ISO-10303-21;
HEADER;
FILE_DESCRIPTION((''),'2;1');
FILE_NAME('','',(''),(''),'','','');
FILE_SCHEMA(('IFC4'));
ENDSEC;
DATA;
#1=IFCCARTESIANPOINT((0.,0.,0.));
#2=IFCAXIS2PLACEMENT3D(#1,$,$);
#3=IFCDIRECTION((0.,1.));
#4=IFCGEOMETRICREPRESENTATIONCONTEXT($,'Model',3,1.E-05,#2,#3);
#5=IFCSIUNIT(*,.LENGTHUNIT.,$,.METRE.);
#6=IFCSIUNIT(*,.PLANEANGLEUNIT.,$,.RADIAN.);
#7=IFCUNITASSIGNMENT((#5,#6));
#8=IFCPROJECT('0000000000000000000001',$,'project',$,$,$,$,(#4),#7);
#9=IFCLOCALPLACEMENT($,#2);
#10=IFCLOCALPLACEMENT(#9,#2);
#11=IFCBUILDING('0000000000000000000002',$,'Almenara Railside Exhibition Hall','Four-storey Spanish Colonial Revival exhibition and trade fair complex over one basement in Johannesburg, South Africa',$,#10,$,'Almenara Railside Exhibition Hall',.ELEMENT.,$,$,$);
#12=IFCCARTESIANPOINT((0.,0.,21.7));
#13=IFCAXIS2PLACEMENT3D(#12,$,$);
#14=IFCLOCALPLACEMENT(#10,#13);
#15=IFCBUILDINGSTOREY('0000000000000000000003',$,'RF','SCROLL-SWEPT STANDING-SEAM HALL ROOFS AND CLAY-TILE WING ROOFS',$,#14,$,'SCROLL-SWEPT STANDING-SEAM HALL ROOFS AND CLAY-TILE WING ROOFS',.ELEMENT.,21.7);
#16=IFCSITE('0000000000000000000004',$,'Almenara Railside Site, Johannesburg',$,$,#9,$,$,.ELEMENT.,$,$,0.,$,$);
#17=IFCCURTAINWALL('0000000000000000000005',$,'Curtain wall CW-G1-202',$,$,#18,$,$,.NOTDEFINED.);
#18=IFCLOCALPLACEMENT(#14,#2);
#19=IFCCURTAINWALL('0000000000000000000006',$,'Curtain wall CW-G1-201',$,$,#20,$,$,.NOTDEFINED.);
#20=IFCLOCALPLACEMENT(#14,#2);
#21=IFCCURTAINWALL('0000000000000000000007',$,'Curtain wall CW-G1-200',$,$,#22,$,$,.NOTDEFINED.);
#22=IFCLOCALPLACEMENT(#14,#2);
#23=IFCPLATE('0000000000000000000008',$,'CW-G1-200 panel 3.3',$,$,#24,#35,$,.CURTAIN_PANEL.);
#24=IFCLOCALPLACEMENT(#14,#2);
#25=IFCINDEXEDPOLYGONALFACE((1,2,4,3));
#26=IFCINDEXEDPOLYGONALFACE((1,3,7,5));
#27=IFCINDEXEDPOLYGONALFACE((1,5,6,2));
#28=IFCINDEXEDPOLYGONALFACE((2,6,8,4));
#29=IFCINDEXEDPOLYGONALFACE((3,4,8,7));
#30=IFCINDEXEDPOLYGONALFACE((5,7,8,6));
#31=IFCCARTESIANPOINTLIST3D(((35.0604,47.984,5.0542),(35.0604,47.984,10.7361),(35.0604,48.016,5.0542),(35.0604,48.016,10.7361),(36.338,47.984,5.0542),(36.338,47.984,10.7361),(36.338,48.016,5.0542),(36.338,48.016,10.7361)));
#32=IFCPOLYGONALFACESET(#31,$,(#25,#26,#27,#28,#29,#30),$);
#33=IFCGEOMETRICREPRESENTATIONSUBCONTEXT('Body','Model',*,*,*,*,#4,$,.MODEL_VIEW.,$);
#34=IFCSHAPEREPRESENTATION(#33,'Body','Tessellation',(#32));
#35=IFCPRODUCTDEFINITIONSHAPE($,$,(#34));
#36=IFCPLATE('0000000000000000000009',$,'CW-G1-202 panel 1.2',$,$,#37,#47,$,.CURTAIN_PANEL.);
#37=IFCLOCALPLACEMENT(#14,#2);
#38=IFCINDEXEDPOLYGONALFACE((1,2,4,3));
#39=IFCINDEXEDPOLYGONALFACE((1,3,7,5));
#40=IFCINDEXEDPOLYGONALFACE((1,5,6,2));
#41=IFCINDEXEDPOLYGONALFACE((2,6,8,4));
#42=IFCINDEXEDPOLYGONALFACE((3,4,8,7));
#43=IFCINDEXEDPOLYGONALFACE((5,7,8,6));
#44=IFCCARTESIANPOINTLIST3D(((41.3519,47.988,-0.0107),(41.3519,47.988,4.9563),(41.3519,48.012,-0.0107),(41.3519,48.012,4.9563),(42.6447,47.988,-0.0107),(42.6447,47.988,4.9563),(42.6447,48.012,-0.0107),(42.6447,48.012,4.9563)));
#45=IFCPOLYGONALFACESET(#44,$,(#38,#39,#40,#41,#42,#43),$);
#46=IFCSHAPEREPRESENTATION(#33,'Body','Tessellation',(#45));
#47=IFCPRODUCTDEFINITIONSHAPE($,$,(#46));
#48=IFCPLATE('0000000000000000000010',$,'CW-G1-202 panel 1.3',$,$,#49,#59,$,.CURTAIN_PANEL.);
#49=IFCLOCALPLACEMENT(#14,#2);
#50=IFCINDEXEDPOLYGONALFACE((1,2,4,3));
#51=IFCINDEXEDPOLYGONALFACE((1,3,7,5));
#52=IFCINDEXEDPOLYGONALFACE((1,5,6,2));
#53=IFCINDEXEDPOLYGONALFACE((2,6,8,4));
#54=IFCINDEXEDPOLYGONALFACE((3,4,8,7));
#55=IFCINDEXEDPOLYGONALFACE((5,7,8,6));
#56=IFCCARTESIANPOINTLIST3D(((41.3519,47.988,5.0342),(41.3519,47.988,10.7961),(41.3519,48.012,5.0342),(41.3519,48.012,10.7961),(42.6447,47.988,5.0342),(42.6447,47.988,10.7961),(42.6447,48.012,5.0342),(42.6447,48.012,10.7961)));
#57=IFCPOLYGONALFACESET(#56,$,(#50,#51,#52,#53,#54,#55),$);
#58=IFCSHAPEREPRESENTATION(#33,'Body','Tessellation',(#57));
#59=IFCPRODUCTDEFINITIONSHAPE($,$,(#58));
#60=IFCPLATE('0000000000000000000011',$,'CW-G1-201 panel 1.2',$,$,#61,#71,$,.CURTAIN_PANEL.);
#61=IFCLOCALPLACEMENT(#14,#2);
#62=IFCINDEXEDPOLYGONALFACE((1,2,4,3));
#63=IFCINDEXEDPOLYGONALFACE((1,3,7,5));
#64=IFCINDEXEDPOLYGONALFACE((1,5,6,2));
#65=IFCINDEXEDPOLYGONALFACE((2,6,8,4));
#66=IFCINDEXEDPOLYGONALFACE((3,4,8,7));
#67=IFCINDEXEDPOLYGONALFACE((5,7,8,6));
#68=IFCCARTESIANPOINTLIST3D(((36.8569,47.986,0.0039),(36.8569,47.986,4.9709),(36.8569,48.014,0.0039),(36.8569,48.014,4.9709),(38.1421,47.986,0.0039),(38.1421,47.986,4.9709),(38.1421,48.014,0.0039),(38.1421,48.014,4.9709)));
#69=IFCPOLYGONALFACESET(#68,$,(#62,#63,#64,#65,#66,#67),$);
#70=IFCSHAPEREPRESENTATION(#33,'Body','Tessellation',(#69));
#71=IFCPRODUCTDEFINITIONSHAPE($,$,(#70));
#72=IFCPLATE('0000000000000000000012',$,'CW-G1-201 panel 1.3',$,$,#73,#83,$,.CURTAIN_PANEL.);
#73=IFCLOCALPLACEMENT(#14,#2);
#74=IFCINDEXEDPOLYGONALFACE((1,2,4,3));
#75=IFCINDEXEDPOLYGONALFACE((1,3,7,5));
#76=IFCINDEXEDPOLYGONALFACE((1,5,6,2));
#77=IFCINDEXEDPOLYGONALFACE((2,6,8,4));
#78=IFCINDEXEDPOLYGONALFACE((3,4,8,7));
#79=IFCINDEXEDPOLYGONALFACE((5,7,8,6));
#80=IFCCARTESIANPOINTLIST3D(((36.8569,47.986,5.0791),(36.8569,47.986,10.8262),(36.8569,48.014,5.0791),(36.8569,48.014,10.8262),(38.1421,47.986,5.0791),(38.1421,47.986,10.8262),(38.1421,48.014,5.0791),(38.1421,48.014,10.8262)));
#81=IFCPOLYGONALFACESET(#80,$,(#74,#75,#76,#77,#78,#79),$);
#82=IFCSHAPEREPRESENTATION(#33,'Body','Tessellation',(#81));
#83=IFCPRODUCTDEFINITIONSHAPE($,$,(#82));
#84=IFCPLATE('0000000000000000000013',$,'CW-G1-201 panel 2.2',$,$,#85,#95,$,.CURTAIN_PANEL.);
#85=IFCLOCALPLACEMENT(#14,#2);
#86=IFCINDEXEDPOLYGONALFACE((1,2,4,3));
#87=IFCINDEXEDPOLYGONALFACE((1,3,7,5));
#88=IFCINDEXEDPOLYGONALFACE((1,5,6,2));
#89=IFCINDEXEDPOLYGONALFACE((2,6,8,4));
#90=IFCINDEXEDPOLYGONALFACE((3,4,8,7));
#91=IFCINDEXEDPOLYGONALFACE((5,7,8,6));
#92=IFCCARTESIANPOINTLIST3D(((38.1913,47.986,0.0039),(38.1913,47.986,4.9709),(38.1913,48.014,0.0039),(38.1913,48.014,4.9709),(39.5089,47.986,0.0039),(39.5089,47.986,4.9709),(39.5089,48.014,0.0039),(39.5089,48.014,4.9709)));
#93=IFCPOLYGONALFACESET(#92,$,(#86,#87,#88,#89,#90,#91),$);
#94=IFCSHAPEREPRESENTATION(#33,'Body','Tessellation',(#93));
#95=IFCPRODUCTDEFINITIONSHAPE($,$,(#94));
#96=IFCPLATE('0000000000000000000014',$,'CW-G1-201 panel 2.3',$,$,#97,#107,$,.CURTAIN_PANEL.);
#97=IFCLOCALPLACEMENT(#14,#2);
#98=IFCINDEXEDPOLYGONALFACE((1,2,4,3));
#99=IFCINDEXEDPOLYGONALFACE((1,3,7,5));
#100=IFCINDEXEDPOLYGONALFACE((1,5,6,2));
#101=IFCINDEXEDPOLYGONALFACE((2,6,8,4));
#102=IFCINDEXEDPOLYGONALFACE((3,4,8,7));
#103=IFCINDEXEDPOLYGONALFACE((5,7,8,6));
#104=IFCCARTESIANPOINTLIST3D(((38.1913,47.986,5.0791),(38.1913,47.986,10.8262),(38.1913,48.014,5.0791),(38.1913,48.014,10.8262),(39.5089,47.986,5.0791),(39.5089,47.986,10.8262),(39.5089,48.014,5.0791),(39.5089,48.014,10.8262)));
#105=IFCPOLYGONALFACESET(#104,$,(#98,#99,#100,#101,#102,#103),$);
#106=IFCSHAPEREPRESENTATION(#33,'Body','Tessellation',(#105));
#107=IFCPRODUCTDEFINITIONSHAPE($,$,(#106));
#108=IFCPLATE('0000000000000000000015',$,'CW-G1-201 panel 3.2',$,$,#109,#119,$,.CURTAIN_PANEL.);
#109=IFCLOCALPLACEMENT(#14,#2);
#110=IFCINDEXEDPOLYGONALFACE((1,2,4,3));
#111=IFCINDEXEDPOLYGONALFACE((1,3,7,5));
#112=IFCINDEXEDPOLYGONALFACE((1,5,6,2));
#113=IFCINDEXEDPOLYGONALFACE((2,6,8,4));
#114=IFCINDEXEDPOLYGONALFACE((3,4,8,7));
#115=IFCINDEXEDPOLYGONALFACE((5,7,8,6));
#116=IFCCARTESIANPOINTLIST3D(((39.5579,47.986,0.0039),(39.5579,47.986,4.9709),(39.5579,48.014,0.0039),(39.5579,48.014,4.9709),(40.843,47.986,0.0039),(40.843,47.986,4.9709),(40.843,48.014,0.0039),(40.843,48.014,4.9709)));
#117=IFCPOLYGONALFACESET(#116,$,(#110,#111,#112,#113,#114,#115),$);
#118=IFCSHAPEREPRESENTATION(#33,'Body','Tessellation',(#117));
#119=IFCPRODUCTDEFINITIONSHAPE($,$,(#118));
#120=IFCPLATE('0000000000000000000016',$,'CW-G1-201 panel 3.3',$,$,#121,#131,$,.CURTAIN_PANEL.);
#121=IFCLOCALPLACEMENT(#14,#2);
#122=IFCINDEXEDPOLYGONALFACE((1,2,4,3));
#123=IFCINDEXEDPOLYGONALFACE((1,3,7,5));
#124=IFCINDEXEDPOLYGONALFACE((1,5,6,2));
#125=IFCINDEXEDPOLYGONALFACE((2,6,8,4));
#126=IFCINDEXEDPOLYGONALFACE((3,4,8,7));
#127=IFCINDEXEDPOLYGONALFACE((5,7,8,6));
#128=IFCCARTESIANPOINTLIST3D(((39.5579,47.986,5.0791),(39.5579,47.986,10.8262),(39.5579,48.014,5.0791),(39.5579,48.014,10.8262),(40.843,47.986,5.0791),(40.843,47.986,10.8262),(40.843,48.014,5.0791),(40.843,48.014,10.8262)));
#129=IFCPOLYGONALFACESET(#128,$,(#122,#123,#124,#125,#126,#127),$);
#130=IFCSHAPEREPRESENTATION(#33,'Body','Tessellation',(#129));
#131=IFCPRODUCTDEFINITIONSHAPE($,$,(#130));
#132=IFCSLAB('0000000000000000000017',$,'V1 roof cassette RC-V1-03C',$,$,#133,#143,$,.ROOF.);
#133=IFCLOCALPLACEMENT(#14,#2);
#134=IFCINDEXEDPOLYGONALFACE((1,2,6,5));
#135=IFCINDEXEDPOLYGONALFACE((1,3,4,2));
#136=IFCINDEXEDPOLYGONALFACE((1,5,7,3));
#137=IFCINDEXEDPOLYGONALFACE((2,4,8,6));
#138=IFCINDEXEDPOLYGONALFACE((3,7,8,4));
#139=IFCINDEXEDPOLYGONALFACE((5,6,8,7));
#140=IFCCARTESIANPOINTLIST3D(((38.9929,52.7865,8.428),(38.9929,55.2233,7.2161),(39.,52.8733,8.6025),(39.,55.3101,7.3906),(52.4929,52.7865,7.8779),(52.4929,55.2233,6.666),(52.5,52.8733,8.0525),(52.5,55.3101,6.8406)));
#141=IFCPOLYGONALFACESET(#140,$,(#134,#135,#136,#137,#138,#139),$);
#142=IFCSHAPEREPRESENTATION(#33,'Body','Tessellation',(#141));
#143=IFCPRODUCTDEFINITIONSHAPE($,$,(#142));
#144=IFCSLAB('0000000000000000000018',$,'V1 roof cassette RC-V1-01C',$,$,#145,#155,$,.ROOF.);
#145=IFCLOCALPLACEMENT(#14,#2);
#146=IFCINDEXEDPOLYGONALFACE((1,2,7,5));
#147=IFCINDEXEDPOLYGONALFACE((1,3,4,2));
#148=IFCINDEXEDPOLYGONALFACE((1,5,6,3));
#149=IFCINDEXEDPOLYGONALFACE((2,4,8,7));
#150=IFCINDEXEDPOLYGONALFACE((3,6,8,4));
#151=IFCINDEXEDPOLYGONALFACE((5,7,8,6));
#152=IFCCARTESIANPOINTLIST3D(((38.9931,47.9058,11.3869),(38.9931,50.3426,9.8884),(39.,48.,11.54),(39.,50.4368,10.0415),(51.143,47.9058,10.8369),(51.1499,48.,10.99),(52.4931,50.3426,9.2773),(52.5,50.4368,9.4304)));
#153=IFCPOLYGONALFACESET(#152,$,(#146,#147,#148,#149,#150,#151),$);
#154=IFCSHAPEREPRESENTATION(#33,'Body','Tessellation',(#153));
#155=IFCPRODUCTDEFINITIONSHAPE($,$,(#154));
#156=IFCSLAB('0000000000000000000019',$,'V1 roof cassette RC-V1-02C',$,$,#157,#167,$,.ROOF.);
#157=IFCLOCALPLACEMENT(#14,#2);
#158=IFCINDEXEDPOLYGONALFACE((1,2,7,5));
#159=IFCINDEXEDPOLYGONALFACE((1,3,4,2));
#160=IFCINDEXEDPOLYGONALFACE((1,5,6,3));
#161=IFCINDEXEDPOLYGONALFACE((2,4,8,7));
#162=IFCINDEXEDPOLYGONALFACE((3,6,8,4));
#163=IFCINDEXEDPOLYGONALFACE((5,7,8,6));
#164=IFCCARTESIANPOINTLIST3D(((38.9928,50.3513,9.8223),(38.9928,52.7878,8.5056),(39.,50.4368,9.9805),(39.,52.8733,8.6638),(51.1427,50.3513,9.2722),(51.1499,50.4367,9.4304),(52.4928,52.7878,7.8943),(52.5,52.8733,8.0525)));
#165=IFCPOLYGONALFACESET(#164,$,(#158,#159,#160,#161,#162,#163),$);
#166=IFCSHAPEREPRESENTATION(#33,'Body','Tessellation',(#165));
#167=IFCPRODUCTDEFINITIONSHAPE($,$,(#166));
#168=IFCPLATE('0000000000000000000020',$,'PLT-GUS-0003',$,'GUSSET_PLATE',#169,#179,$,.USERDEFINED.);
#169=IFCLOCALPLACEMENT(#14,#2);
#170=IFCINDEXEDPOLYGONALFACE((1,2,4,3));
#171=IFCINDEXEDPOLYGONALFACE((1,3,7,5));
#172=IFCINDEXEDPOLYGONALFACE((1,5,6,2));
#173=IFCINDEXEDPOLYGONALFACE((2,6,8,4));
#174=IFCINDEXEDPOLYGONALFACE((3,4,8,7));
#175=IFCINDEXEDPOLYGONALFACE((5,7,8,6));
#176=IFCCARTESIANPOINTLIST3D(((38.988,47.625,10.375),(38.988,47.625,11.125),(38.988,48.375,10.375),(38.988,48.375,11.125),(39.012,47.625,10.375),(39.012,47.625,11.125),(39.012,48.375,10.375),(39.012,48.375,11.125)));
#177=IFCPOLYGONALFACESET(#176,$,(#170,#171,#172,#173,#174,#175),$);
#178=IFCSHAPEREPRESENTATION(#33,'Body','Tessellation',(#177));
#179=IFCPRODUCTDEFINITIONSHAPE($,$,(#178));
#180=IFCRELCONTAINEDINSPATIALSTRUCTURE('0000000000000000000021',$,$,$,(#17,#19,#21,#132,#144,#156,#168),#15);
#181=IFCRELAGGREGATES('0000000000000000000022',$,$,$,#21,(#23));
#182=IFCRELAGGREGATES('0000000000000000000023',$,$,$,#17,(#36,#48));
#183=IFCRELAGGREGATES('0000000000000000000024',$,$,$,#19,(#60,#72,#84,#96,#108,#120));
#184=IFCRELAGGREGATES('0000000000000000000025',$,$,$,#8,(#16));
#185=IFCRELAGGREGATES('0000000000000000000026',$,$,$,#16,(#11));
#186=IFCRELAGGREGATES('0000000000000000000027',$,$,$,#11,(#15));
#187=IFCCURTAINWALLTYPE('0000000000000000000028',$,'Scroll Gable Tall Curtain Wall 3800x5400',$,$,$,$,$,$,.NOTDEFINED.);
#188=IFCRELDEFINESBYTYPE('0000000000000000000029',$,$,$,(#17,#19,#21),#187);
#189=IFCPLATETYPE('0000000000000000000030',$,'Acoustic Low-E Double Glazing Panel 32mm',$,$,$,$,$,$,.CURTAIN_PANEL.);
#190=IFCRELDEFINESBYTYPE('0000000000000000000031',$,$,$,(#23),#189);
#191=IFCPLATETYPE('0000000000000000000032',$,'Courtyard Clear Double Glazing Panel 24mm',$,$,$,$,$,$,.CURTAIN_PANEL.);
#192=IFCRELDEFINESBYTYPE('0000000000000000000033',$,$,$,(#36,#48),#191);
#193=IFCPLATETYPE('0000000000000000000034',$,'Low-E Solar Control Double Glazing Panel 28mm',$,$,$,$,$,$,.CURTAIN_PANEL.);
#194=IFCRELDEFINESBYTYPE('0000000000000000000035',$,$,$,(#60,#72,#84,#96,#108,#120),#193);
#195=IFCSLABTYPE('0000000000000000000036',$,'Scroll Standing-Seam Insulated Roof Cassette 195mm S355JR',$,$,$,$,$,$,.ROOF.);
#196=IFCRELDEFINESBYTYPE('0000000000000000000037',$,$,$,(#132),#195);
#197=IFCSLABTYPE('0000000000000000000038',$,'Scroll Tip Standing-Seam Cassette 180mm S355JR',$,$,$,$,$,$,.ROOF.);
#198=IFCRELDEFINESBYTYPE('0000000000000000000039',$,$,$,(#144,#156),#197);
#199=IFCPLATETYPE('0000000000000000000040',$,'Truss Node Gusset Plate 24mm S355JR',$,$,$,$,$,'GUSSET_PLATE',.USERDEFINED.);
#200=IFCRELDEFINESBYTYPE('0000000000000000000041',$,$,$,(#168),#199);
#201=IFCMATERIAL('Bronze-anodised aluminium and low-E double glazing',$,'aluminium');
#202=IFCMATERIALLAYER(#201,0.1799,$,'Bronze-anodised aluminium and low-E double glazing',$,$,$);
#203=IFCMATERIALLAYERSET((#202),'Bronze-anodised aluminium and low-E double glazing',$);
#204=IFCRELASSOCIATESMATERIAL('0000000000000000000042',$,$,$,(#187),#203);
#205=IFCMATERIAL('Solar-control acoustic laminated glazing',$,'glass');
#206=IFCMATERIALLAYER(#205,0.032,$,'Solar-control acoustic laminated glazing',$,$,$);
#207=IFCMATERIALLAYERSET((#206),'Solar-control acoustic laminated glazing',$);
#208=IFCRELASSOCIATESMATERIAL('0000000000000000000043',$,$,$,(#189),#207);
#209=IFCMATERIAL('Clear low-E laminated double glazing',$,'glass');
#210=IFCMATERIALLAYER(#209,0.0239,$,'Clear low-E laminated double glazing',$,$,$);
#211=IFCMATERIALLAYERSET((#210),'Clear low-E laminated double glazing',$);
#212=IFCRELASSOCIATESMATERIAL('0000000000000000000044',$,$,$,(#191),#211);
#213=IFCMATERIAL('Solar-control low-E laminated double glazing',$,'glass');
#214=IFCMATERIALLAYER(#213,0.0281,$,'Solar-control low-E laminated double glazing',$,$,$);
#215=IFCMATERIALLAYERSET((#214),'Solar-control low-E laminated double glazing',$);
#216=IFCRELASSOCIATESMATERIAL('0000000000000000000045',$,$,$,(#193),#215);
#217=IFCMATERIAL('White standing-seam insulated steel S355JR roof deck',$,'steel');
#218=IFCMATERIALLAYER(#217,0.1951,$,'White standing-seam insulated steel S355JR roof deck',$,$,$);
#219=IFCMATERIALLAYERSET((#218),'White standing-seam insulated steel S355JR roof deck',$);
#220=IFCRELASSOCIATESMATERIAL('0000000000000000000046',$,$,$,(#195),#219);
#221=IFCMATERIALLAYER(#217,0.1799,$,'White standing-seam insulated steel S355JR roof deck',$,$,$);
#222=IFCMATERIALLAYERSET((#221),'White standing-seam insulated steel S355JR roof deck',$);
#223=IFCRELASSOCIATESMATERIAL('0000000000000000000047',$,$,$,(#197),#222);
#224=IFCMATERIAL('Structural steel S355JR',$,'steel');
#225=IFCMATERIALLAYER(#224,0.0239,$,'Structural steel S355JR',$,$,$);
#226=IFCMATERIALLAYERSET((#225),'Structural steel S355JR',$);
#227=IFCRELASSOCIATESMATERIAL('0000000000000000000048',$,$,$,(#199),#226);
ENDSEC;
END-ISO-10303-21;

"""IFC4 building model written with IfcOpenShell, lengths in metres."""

from ifc_helpers import new_model, si_unit, direction, frame, origin, origin_2d, place, context, subcontext, project, spatial, polyline, rectangle, outline, extrude, material, layer, layer_set, type_object, element, aggregate, save


model = new_model("IFC4")

# Units and contexts
model_context = context("Model", 3, precision=1e-05, world=origin(), true_north=direction((0.0, 1.0)))
body_context = subcontext(model_context, "Body", "Model", "MODEL_VIEW")
ifc_project = project(units=[si_unit("LENGTHUNIT", "METRE"), si_unit("PLANEANGLEUNIT", "RADIAN")], contexts=[model_context])

# Site, building, storey
site_placement = place(None, origin())
site = spatial("IfcSite", under=ifc_project, at=site_placement, Name="Almenara Railside Site, Johannesburg", CompositionType="ELEMENT", RefElevation=0.0)
building_placement = place(site_placement, origin())
building = spatial("IfcBuilding", under=site, at=building_placement, Name="Almenara Railside Exhibition Hall", Description="Four-storey Spanish Colonial Revival exhibition and trade fair complex over one basement in Johannesburg, South Africa", LongName="Almenara Railside Exhibition Hall", CompositionType="ELEMENT")
storey_placement = place(building_placement, frame((0.0, 0.0, 21.7)))
storey = spatial("IfcBuildingStorey", under=building, at=storey_placement, Name="RF", Description="SCROLL-SWEPT STANDING-SEAM HALL ROOFS AND CLAY-TILE WING ROOFS", LongName="SCROLL-SWEPT STANDING-SEAM HALL ROOFS AND CLAY-TILE WING ROOFS", CompositionType="ELEMENT", Elevation=21.7)

# Shared definitions
ifc_material_1 = material(Name="Structural steel S355JR", Category="steel")

# Curtain walls
ifc_material_2 = material(Name="Bronze-anodised aluminium and low-E double glazing", Category="aluminium")
ifc_layer_1 = layer(ifc_material_2, 0.1799, Name="Bronze-anodised aluminium and low-E double glazing")
ifc_layer_set_1 = layer_set([ifc_layer_1], Name="Bronze-anodised aluminium and low-E double glazing")
curtain_wall_type = type_object("IfcCurtainWallType", Name="Scroll Gable Tall Curtain Wall 3800x5400", PredefinedType="NOTDEFINED", material=ifc_layer_set_1)
curtain_wall_1_placement = place(storey_placement, origin())
curtain_wall_1 = element("IfcCurtainWall", 1, at=curtain_wall_1_placement, inside=storey, type_object=curtain_wall_type, Name="Curtain wall CW-G1-202", PredefinedType="NOTDEFINED")
curtain_wall_2_placement = place(storey_placement, origin())
curtain_wall_2 = element("IfcCurtainWall", 2, at=curtain_wall_2_placement, inside=storey, type_object=curtain_wall_type, Name="Curtain wall CW-G1-201", PredefinedType="NOTDEFINED")

# Curtain wall
curtain_wall_3_placement = place(storey_placement, origin())
curtain_wall_3 = element("IfcCurtainWall", 3, at=curtain_wall_3_placement, inside=storey, type_object=curtain_wall_type, Name="Curtain wall CW-G1-200", PredefinedType="NOTDEFINED")

# Plates
ifc_material_3 = material(Name="Solar-control acoustic laminated glazing", Category="glass")
ifc_layer_2 = layer(ifc_material_3, 0.032, Name="Solar-control acoustic laminated glazing")
ifc_layer_set_2 = layer_set([ifc_layer_2], Name="Solar-control acoustic laminated glazing")
plate_type_1 = type_object("IfcPlateType", Name="Acoustic Low-E Double Glazing Panel 32mm", PredefinedType="CURTAIN_PANEL", material=ifc_layer_set_2)
plate_1_placement = place(storey_placement, frame((35.6992, 48.0, 5.0542), z_axis=(0.0, 0.0, 1.0), x_axis=(1.0, 0.0, 0.0)))
plate_1 = element("IfcPlate", 4, at=plate_1_placement, type_object=plate_type_1, Name="CW-G1-200 panel 3.3", PredefinedType="CURTAIN_PANEL", context=body_context, shape_type="SweptSolid", body=[
    extrude(rectangle(XDim=1.2776, YDim=0.032, at=origin_2d()), origin(), (0.0, 0.0, 1.0), 5.6819),
])
aggregate(curtain_wall_3, [plate_1])
ifc_material_4 = material(Name="Clear low-E laminated double glazing", Category="glass")
ifc_layer_3 = layer(ifc_material_4, 0.0239, Name="Clear low-E laminated double glazing")
ifc_layer_set_3 = layer_set([ifc_layer_3], Name="Clear low-E laminated double glazing")
plate_type_2 = type_object("IfcPlateType", Name="Courtyard Clear Double Glazing Panel 24mm", PredefinedType="CURTAIN_PANEL", material=ifc_layer_set_3)
plate_2_placement = place(storey_placement, frame((41.9983, 48.0, -0.0107), z_axis=(0.0, 0.0, 1.0), x_axis=(1.0, 0.0, 0.0)))
plate_2 = element("IfcPlate", 5, at=plate_2_placement, type_object=plate_type_2, Name="CW-G1-202 panel 1.2", PredefinedType="CURTAIN_PANEL", context=body_context, shape_type="SweptSolid", body=[
    extrude(rectangle(XDim=1.2927, YDim=0.0239, at=origin_2d()), origin(), (0.0, 0.0, 1.0), 4.967),
])
plate_3_placement = place(storey_placement, frame((41.9983, 48.0, 5.0342), z_axis=(0.0, 0.0, 1.0), x_axis=(1.0, 0.0, 0.0)))
plate_3 = element("IfcPlate", 6, at=plate_3_placement, type_object=plate_type_2, Name="CW-G1-202 panel 1.3", PredefinedType="CURTAIN_PANEL", context=body_context, shape_type="SweptSolid", body=[
    extrude(rectangle(XDim=1.2927, YDim=0.0239, at=origin_2d()), origin(), (0.0, 0.0, 1.0), 5.762),
])
aggregate(curtain_wall_1, [plate_2, plate_3])
ifc_material_5 = material(Name="Solar-control low-E laminated double glazing", Category="glass")
ifc_layer_4 = layer(ifc_material_5, 0.0281, Name="Solar-control low-E laminated double glazing")
ifc_layer_set_4 = layer_set([ifc_layer_4], Name="Solar-control low-E laminated double glazing")
plate_type_3 = type_object("IfcPlateType", Name="Low-E Solar Control Double Glazing Panel 28mm", PredefinedType="CURTAIN_PANEL", material=ifc_layer_set_4)
plate_4_placement = place(storey_placement, frame((37.4995, 48.0, 0.0039), z_axis=(0.0, 0.0, 1.0), x_axis=(1.0, 0.0, 0.0)))
plate_4 = element("IfcPlate", 7, at=plate_4_placement, type_object=plate_type_3, Name="CW-G1-201 panel 1.2", PredefinedType="CURTAIN_PANEL", context=body_context, shape_type="SweptSolid", body=[
    extrude(rectangle(XDim=1.2852, YDim=0.0281, at=origin_2d()), origin(), (0.0, 0.0, 1.0), 4.967),
])
plate_5_placement = place(storey_placement, frame((37.4995, 48.0, 5.0791), z_axis=(0.0, 0.0, 1.0), x_axis=(1.0, 0.0, 0.0)))
plate_5 = element("IfcPlate", 8, at=plate_5_placement, type_object=plate_type_3, Name="CW-G1-201 panel 1.3", PredefinedType="CURTAIN_PANEL", context=body_context, shape_type="SweptSolid", body=[
    extrude(rectangle(XDim=1.2852, YDim=0.0281, at=origin_2d()), origin(), (0.0, 0.0, 1.0), 5.7471),
])
plate_6_placement = place(storey_placement, frame((38.8501, 48.0, 0.0039), z_axis=(0.0, 0.0, 1.0), x_axis=(1.0, 0.0, 0.0)))
plate_6 = element("IfcPlate", 9, at=plate_6_placement, type_object=plate_type_3, Name="CW-G1-201 panel 2.2", PredefinedType="CURTAIN_PANEL", context=body_context, shape_type="SweptSolid", body=[
    extrude(rectangle(XDim=1.3176, YDim=0.0281, at=origin_2d()), origin(), (0.0, 0.0, 1.0), 4.967),
])
plate_7_placement = place(storey_placement, frame((38.8501, 48.0, 5.0791), z_axis=(0.0, 0.0, 1.0), x_axis=(1.0, 0.0, 0.0)))
plate_7 = element("IfcPlate", 10, at=plate_7_placement, type_object=plate_type_3, Name="CW-G1-201 panel 2.3", PredefinedType="CURTAIN_PANEL", context=body_context, shape_type="SweptSolid", body=[
    extrude(rectangle(XDim=1.3176, YDim=0.0281, at=origin_2d()), origin(), (0.0, 0.0, 1.0), 5.7471),
])
plate_8_placement = place(storey_placement, frame((40.2004, 48.0, 0.0039), z_axis=(0.0, 0.0, 1.0), x_axis=(1.0, 0.0, 0.0)))
plate_8 = element("IfcPlate", 11, at=plate_8_placement, type_object=plate_type_3, Name="CW-G1-201 panel 3.2", PredefinedType="CURTAIN_PANEL", context=body_context, shape_type="SweptSolid", body=[
    extrude(rectangle(XDim=1.2852, YDim=0.0281, at=origin_2d()), origin(), (0.0, 0.0, 1.0), 4.967),
])
plate_9_placement = place(storey_placement, frame((40.2004, 48.0, 5.0791), z_axis=(0.0, 0.0, 1.0), x_axis=(1.0, 0.0, 0.0)))
plate_9 = element("IfcPlate", 12, at=plate_9_placement, type_object=plate_type_3, Name="CW-G1-201 panel 3.3", PredefinedType="CURTAIN_PANEL", context=body_context, shape_type="SweptSolid", body=[
    extrude(rectangle(XDim=1.2852, YDim=0.0281, at=origin_2d()), origin(), (0.0, 0.0, 1.0), 5.7471),
])
aggregate(curtain_wall_2, [plate_4, plate_5, plate_6, plate_7, plate_8, plate_9])

# Slabs
ifc_material_6 = material(Name="White standing-seam insulated steel S355JR roof deck", Category="steel")
ifc_layer_5 = layer(ifc_material_6, 0.1951, Name="White standing-seam insulated steel S355JR roof deck")
ifc_layer_set_5 = layer_set([ifc_layer_5], Name="White standing-seam insulated steel S355JR roof deck")
slab_type_1 = type_object("IfcSlabType", Name="Scroll Standing-Seam Insulated Roof Cassette 195mm S355JR", PredefinedType="ROOF", material=ifc_layer_set_5)
slab_1_placement = place(storey_placement, frame((39.0, 52.8733, 8.6025), z_axis=(0.036457, 0.445015, 0.894781), x_axis=(0.999171, 0.0, -0.040711)))
element("IfcSlab", 13, at=slab_1_placement, inside=storey, type_object=slab_type_1, Name="V1 roof cassette RC-V1-03C", PredefinedType="ROOF", context=body_context, shape_type="SweptSolid", body=[
    extrude(outline(polyline([(0.0, 0.0), (13.5112, 0.0), (13.5605, 2.7211), (0.0493, 2.7211), (0.0, 0.0)])), origin(), (0.0, 0.0, -1.0), 0.1951),
])
ifc_layer_6 = layer(ifc_material_6, 0.1799, Name="White standing-seam insulated steel S355JR roof deck")
ifc_layer_set_6 = layer_set([ifc_layer_6], Name="White standing-seam insulated steel S355JR roof deck")
slab_type_2 = type_object("IfcSlabType", Name="Scroll Tip Standing-Seam Cassette 180mm S355JR", PredefinedType="ROOF", material=ifc_layer_set_6)
slab_2_placement = place(storey_placement, frame((39.0, 48.0, 11.54), z_axis=(0.038532, 0.523441, 0.85119), x_axis=(0.998977, 0.000001, -0.045223)))
element("IfcSlab", 14, at=slab_2_placement, inside=storey, type_object=slab_type_2, Name="V1 roof cassette RC-V1-01C", PredefinedType="ROOF", context=body_context, shape_type="SweptSolid", body=[
    extrude(outline(polyline([(0.0, 0.0), (12.1623, 0.0), (13.5816, 2.8598), (0.0678, 2.8599), (0.0, 0.0)])), origin(), (0.0, 0.0, -1.0), 0.1799),
])
slab_3_placement = place(storey_placement, frame((39.0, 50.4368, 9.9805), z_axis=(0.039802, 0.475052, 0.879057), x_axis=(0.998977, -0.000003, -0.04523)))
element("IfcSlab", 15, at=slab_3_placement, inside=storey, type_object=slab_type_2, Name="V1 roof cassette RC-V1-02C", PredefinedType="ROOF", context=body_context, shape_type="SweptSolid", body=[
    extrude(outline(polyline([(0.0, 0.0), (12.1623, 0.0), (13.5734, 2.7689), (0.0595, 2.7689), (0.0, 0.0)])), origin(), (0.0, 0.0, -1.0), 0.1799),
])

# Plate
ifc_layer_7 = layer(ifc_material_1, 0.0239, Name="Structural steel S355JR")
ifc_layer_set_7 = layer_set([ifc_layer_7], Name="Structural steel S355JR")
plate_type_4 = type_object("IfcPlateType", Name="Truss Node Gusset Plate 24mm S355JR", ElementType="GUSSET_PLATE", PredefinedType="USERDEFINED", material=ifc_layer_set_7)
plate_10_placement = place(storey_placement, frame((39.0, 48.0, 10.375), z_axis=(0.0, 0.0, 1.0), x_axis=(0.0, 1.0, 0.0)))
element("IfcPlate", 16, at=plate_10_placement, inside=storey, type_object=plate_type_4, Name="PLT-GUS-0003", ObjectType="GUSSET_PLATE", PredefinedType="USERDEFINED", context=body_context, shape_type="SweptSolid", body=[
    extrude(rectangle(XDim=0.75, YDim=0.0239, at=origin_2d()), origin(), (0.0, 0.0, 1.0), 0.75),
])

save(model, "model.ifc")
